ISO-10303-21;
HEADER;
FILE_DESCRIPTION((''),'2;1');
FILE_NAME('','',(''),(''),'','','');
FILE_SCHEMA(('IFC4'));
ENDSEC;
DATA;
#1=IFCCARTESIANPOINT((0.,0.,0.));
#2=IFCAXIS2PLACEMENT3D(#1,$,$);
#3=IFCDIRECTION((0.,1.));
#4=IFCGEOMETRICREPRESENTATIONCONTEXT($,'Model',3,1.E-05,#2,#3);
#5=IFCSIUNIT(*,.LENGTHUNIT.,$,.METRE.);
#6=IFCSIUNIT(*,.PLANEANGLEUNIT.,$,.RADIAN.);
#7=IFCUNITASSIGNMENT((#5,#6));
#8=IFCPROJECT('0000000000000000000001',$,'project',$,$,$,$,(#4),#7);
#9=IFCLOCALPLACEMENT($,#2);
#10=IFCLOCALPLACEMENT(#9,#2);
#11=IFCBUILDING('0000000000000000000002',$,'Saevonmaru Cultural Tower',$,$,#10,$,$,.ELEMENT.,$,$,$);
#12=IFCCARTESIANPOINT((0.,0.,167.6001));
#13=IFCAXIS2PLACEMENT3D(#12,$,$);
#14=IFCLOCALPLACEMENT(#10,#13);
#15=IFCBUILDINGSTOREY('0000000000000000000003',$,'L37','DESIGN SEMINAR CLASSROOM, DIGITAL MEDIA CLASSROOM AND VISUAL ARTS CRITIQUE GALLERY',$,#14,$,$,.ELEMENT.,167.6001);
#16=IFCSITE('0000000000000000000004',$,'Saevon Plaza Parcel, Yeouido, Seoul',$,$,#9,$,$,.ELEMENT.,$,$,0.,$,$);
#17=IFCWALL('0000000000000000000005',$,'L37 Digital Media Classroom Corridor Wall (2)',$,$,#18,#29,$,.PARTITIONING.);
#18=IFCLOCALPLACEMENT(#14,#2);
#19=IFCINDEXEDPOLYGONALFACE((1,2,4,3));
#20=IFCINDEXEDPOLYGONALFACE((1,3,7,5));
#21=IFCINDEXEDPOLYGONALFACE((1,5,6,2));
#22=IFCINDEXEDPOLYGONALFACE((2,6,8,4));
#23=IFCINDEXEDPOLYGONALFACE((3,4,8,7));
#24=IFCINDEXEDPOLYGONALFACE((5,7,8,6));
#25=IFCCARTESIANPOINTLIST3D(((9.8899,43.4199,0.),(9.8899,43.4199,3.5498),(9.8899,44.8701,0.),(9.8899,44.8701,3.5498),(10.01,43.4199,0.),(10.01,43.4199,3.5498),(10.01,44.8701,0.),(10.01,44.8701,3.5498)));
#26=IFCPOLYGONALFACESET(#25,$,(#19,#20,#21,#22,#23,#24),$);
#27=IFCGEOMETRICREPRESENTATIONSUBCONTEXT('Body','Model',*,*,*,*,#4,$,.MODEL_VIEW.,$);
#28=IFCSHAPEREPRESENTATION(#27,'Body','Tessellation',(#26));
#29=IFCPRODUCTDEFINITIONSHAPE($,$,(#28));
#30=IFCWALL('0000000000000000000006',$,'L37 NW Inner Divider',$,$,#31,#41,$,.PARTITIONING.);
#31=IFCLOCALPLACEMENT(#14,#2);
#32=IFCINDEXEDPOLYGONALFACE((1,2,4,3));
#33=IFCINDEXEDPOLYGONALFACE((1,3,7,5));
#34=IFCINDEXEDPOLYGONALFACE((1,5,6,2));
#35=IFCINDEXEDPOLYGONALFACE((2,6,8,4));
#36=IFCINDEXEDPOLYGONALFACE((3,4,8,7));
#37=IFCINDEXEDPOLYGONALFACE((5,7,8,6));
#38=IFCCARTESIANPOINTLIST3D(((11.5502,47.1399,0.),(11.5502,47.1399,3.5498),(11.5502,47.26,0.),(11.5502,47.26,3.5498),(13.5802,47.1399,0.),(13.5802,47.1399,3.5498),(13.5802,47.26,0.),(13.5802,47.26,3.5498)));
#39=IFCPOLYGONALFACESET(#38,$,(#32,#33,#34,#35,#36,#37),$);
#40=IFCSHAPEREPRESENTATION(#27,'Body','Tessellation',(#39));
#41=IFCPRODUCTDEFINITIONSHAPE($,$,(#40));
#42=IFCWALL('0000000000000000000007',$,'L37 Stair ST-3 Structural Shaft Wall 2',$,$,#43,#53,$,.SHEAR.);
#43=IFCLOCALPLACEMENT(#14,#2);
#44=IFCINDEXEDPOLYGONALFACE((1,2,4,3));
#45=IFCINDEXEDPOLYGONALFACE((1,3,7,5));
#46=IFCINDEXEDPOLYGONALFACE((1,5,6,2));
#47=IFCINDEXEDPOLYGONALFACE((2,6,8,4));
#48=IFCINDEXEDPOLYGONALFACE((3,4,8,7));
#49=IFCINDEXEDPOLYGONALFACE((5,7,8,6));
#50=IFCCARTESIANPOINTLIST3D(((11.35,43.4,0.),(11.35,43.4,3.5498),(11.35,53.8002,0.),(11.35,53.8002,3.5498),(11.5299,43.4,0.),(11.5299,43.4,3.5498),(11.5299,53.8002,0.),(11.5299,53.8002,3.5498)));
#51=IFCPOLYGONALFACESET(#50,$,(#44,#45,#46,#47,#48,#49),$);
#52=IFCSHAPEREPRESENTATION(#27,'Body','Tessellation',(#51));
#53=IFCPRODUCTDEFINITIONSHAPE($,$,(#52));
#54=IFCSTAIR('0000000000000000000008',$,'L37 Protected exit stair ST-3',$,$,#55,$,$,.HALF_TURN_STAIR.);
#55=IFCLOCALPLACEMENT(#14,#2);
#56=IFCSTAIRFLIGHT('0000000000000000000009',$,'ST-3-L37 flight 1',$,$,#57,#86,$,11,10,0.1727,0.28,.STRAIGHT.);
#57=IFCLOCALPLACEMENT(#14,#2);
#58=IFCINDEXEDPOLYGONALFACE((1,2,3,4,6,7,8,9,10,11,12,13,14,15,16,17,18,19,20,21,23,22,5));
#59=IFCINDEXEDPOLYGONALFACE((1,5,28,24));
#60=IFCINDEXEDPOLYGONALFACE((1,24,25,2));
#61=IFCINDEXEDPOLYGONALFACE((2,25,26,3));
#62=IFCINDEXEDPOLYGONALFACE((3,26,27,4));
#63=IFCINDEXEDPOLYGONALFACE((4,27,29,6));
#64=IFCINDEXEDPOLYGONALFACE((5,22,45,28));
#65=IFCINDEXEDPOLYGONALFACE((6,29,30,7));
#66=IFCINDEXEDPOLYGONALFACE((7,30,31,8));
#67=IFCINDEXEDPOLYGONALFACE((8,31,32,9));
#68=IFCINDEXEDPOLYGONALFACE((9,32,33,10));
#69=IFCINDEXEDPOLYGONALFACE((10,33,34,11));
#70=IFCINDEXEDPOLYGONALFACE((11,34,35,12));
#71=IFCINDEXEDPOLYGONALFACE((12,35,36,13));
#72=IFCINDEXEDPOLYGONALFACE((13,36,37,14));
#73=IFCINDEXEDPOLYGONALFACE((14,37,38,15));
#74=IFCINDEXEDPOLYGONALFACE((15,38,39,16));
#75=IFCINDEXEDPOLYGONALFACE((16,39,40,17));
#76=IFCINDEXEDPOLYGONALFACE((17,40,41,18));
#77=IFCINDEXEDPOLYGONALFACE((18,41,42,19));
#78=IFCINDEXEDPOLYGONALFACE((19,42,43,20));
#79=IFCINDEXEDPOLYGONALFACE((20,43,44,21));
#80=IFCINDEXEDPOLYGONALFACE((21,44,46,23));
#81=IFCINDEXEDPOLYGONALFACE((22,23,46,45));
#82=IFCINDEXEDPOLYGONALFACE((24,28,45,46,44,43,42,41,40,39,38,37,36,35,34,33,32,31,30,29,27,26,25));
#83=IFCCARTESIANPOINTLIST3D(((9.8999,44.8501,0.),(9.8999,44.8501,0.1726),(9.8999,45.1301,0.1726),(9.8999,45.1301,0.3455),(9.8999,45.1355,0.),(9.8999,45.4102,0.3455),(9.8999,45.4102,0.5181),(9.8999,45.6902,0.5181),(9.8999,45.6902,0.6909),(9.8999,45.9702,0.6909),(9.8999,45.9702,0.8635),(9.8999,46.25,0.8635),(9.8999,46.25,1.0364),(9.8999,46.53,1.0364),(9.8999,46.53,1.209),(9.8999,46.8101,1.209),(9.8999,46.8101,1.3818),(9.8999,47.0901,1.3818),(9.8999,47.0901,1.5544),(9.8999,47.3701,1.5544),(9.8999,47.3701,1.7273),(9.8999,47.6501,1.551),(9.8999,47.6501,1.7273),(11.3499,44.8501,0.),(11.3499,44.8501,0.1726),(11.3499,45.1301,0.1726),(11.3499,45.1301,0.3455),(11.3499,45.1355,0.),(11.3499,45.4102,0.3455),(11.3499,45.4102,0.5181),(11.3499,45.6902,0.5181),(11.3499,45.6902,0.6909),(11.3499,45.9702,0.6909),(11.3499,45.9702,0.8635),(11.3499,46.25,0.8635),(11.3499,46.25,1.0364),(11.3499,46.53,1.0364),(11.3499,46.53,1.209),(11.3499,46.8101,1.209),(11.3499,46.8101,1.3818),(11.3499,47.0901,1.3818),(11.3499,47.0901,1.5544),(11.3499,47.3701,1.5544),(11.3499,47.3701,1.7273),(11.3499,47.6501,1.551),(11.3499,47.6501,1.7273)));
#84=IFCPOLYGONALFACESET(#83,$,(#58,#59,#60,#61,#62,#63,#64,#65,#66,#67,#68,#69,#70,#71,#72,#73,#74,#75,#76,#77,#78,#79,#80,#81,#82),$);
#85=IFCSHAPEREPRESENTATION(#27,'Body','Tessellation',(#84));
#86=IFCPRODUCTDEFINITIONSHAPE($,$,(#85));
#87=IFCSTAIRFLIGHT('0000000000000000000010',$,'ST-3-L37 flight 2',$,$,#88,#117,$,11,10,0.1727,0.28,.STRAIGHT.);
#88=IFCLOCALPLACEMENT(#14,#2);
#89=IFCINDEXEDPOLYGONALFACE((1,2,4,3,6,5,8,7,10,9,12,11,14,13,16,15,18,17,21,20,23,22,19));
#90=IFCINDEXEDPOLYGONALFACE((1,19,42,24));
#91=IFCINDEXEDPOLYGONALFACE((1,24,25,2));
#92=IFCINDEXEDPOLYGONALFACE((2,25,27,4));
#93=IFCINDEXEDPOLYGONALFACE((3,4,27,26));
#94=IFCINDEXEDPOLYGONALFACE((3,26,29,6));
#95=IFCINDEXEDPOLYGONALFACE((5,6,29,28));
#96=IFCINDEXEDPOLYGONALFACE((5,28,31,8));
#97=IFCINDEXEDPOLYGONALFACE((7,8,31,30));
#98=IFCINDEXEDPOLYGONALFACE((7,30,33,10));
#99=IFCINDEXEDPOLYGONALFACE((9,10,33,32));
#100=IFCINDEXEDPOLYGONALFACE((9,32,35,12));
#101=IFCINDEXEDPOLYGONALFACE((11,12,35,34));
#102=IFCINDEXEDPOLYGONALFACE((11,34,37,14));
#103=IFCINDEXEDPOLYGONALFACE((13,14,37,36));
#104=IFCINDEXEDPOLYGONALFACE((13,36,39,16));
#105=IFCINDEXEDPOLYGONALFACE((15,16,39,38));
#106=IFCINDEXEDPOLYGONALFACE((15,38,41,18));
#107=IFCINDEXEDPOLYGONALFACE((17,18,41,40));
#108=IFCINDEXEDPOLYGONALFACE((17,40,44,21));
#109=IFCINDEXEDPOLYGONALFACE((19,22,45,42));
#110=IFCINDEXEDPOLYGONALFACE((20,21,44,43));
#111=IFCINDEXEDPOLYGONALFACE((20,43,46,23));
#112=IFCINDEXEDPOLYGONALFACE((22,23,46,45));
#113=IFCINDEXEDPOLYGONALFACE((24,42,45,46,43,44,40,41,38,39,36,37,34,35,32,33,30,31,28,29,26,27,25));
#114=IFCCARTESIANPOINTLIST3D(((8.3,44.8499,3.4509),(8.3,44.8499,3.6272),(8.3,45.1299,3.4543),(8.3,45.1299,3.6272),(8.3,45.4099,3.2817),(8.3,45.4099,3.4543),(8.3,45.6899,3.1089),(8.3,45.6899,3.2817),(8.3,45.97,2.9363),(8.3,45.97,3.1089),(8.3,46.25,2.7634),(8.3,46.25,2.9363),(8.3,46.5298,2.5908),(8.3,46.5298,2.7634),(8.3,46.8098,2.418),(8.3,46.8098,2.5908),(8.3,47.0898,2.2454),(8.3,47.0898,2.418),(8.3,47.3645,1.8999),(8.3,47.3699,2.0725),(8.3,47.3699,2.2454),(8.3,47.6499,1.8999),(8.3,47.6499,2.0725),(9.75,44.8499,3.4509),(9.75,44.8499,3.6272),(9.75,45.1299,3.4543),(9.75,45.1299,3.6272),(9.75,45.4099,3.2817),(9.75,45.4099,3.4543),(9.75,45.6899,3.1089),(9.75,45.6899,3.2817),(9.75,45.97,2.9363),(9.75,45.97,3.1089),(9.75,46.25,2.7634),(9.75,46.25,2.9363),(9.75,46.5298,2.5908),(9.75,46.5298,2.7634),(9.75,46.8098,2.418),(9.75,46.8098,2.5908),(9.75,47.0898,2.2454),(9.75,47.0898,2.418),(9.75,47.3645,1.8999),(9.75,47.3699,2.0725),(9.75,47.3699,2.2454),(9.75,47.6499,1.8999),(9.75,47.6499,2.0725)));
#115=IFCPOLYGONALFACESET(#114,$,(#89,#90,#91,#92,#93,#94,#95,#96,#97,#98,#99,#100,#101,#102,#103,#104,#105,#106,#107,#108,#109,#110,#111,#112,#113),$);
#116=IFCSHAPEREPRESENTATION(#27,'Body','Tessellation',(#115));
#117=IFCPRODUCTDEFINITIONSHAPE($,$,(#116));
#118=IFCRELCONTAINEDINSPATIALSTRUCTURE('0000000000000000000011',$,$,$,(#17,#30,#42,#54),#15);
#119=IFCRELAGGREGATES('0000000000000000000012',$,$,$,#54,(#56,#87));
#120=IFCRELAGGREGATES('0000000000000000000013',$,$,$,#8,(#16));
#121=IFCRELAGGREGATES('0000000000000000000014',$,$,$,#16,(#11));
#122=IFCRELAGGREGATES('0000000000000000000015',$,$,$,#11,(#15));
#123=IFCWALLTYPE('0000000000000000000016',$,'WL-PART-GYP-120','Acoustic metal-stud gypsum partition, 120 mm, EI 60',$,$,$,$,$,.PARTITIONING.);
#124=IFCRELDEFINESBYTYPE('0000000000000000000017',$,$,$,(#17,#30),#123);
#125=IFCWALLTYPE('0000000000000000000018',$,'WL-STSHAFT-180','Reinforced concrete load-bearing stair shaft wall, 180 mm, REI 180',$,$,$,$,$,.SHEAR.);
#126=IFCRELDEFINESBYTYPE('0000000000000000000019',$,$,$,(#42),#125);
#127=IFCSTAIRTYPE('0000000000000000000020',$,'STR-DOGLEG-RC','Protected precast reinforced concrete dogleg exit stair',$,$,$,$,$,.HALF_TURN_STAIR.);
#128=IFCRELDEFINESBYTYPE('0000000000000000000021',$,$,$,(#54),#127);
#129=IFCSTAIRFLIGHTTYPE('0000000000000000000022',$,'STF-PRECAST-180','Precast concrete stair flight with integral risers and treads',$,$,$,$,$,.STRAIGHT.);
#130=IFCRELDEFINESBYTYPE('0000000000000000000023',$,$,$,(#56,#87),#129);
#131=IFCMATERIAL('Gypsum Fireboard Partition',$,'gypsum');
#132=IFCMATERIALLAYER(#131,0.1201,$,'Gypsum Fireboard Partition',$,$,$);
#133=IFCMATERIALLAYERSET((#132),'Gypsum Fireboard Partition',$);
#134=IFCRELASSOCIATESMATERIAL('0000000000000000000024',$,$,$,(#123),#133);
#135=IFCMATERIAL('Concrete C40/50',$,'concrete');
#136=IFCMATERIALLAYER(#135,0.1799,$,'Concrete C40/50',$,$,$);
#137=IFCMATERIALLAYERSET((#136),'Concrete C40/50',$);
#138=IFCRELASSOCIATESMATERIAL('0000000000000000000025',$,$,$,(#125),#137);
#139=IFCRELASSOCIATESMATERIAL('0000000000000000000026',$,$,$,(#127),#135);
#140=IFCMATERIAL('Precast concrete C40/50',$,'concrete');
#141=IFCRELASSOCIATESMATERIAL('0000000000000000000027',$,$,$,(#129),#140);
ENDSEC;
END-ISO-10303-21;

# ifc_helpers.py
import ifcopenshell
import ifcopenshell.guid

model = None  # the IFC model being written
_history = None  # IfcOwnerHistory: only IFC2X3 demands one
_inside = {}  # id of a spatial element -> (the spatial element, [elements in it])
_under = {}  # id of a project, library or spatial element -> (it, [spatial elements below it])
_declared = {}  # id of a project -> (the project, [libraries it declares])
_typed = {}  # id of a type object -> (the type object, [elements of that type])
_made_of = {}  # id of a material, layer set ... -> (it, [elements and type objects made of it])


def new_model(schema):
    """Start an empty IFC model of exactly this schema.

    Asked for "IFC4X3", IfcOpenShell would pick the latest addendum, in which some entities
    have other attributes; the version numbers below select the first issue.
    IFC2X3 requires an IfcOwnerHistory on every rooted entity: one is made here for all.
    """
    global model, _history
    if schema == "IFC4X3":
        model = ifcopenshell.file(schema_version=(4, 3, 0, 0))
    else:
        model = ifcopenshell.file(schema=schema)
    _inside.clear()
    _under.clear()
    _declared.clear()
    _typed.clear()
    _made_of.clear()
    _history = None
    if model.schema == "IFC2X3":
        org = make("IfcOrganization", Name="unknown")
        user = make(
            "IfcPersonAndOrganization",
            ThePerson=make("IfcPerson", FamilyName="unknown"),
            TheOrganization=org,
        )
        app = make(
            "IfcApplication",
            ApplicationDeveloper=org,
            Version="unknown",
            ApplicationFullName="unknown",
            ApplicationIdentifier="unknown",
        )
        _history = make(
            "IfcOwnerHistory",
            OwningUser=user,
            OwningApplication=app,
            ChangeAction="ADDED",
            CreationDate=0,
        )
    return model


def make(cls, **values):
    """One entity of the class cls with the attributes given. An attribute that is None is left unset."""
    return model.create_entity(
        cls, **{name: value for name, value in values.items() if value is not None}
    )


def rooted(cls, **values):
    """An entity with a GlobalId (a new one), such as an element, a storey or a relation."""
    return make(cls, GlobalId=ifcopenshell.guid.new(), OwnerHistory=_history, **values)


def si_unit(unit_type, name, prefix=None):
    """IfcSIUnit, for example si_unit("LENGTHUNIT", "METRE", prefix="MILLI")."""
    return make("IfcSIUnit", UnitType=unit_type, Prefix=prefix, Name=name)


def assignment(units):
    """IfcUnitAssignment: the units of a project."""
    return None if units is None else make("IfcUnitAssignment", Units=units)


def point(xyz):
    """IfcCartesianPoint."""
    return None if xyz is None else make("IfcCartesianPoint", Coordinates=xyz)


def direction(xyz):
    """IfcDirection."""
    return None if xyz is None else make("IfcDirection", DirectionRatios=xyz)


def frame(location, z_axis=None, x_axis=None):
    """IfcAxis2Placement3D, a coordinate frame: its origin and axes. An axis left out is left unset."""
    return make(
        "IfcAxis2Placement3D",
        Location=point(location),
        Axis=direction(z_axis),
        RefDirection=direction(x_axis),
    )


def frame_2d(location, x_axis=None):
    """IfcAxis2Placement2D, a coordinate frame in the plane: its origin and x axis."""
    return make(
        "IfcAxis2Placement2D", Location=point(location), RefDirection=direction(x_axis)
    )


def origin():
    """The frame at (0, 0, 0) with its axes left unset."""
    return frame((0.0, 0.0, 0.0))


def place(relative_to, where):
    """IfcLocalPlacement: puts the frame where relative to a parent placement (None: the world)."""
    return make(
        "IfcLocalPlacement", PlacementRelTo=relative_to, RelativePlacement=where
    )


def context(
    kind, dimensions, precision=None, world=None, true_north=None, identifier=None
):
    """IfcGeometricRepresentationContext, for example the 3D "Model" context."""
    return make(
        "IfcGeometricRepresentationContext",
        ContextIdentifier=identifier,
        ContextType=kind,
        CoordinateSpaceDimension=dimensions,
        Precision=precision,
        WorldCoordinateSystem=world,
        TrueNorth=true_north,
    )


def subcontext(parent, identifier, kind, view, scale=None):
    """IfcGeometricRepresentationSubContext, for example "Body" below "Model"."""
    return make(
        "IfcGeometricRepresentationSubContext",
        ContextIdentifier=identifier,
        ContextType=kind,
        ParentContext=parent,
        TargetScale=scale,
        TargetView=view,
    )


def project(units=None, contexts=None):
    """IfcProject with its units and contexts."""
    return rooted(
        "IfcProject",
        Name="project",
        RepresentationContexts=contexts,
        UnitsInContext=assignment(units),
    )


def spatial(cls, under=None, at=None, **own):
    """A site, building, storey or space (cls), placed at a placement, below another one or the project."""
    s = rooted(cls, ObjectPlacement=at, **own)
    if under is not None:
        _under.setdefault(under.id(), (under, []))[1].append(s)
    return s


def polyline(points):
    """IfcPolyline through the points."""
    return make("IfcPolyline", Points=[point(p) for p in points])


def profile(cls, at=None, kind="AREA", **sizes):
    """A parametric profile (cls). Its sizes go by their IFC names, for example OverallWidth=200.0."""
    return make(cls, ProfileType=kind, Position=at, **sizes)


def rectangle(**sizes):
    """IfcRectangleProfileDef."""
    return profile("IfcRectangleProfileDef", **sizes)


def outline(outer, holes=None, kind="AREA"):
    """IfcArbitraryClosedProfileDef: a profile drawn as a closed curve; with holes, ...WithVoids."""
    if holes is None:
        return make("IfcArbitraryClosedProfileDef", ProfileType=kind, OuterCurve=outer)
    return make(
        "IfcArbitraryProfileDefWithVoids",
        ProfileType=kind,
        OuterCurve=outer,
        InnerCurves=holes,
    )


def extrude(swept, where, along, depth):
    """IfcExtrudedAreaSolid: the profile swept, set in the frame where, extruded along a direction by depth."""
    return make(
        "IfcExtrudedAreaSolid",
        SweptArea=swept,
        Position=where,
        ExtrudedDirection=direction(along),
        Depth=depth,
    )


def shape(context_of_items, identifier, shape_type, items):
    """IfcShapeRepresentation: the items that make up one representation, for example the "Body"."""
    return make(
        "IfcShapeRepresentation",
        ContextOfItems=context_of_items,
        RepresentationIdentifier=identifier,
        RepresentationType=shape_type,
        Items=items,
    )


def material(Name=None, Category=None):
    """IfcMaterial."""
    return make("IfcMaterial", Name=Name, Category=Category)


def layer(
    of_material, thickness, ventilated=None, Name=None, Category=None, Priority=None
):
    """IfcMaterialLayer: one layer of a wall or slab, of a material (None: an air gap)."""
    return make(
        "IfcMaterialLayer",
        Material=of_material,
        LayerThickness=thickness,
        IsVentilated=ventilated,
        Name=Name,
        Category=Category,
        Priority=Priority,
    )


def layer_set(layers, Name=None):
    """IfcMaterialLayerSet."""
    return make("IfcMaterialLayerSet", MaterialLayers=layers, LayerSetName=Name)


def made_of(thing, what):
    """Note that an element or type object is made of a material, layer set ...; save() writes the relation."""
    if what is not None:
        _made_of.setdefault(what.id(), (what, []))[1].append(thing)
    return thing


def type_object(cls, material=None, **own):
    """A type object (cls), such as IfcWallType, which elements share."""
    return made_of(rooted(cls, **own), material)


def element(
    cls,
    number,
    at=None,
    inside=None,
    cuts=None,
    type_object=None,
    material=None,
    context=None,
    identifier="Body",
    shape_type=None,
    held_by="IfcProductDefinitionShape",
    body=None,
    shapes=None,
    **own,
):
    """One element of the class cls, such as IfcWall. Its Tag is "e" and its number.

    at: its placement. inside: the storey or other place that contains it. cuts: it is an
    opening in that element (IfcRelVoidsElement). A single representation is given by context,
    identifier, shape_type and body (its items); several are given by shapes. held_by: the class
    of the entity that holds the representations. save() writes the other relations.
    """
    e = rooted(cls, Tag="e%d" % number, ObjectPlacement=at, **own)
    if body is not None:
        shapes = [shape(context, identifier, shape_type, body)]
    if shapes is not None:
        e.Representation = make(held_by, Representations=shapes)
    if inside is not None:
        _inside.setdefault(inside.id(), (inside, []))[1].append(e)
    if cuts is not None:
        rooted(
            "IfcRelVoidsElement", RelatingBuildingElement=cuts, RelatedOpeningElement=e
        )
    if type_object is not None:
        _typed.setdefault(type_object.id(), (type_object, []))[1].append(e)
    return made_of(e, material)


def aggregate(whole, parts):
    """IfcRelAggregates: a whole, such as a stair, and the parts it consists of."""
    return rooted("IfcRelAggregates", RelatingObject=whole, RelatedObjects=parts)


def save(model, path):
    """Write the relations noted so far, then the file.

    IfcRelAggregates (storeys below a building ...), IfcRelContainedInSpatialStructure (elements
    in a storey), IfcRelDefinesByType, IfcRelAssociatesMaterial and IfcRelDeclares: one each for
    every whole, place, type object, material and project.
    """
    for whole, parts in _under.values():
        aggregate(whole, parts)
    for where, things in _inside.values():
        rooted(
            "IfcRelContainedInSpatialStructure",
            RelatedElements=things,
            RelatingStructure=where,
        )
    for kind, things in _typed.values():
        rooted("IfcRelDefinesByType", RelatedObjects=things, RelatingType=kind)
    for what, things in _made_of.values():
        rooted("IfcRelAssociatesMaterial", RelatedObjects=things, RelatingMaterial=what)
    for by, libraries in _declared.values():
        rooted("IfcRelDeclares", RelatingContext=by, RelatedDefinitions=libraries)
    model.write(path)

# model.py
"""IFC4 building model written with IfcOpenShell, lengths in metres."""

from ifc_helpers import new_model, si_unit, direction, frame, frame_2d, origin, place, context, subcontext, project, spatial, polyline, rectangle, outline, extrude, material, layer, layer_set, type_object, element, aggregate, save


model = new_model("IFC4")

# Units and contexts
model_context = context("Model", 3, precision=1e-05, world=origin(), true_north=direction((0.0, 1.0)))
body_context = subcontext(model_context, "Body", "Model", "MODEL_VIEW")
ifc_project = project(units=[si_unit("LENGTHUNIT", "METRE"), si_unit("PLANEANGLEUNIT", "RADIAN")], contexts=[model_context])

# Site, building, storey
site_placement = place(None, origin())
site = spatial("IfcSite", under=ifc_project, at=site_placement, Name="Saevon Plaza Parcel, Yeouido, Seoul", CompositionType="ELEMENT", RefElevation=0.0)
building_placement = place(site_placement, origin())
building = spatial("IfcBuilding", under=site, at=building_placement, Name="Saevonmaru Cultural Tower", CompositionType="ELEMENT")
storey_placement = place(building_placement, frame((0.0, 0.0, 167.6001)))
storey = spatial("IfcBuildingStorey", under=building, at=storey_placement, Name="L37", Description="DESIGN SEMINAR CLASSROOM, DIGITAL MEDIA CLASSROOM AND VISUAL ARTS CRITIQUE GALLERY", CompositionType="ELEMENT", Elevation=167.6001)

# Walls
ifc_material_1 = material(Name="Gypsum Fireboard Partition", Category="gypsum")
ifc_layer_1 = layer(ifc_material_1, 0.1201, Name="Gypsum Fireboard Partition")
ifc_layer_set_1 = layer_set([ifc_layer_1], Name="Gypsum Fireboard Partition")
wall_type_1 = type_object("IfcWallType", Name="WL-PART-GYP-120", Description="Acoustic metal-stud gypsum partition, 120 mm, EI 60", PredefinedType="PARTITIONING", material=ifc_layer_set_1)
wall_1_placement = place(storey_placement, frame((9.95, 43.4199, 0.0), z_axis=(0.0, 0.0, 1.0), x_axis=(0.0, 1.0, 0.0)))
element("IfcWall", 1, at=wall_1_placement, inside=storey, type_object=wall_type_1, Name="L37 Digital Media Classroom Corridor Wall (2)", PredefinedType="PARTITIONING", context=body_context, shape_type="SweptSolid", body=[
    extrude(rectangle(XDim=1.4502, YDim=0.1201, at=frame_2d((0.7251, 0.0))), origin(), (0.0, 0.0, 1.0), 3.5498),
])
wall_2_placement = place(storey_placement, frame((11.55, 47.2, 0.0), z_axis=(0.0, 0.0, 1.0), x_axis=(1.0, 0.0, 0.0)))
element("IfcWall", 2, at=wall_2_placement, inside=storey, type_object=wall_type_1, Name="L37 NW Inner Divider", PredefinedType="PARTITIONING", context=body_context, shape_type="SweptSolid", body=[
    extrude(rectangle(XDim=2.03, YDim=0.1201, at=frame_2d((1.0151, 0.0))), origin(), (0.0, 0.0, 1.0), 3.5498),
])

# Shared definitions
ifc_material_2 = material(Name="Concrete C40/50", Category="concrete")
ifc_layer_2 = layer(ifc_material_2, 0.1799, Name="Concrete C40/50")
ifc_layer_set_2 = layer_set([ifc_layer_2], Name="Concrete C40/50")
wall_type_2 = type_object("IfcWallType", Name="WL-STSHAFT-180", Description="Reinforced concrete load-bearing stair shaft wall, 180 mm, REI 180", PredefinedType="SHEAR", material=ifc_layer_set_2)

# Wall
wall_3_placement = place(storey_placement, frame((11.4399, 43.3999, 0.0), z_axis=(0.0, 0.0, 1.0), x_axis=(0.0, 1.0, 0.0)))
element("IfcWall", 3, at=wall_3_placement, inside=storey, type_object=wall_type_2, Name="L37 Stair ST-3 Structural Shaft Wall 2", PredefinedType="SHEAR", context=body_context, shape_type="SweptSolid", body=[
    extrude(rectangle(XDim=10.4001, YDim=0.1799, at=frame_2d((5.2002, 0.0))), origin(), (0.0, 0.0, 1.0), 3.5498),
])

# Stair, stair flights
stair_type = type_object("IfcStairType", Name="STR-DOGLEG-RC", Description="Protected precast reinforced concrete dogleg exit stair", PredefinedType="HALF_TURN_STAIR", material=ifc_material_2)
stair_placement = place(storey_placement, origin())
stair = element("IfcStair", 4, at=stair_placement, inside=storey, type_object=stair_type, Name="L37 Protected exit stair ST-3", PredefinedType="HALF_TURN_STAIR")
ifc_material_3 = material(Name="Precast concrete C40/50", Category="concrete")
stair_flight_type = type_object("IfcStairFlightType", Name="STF-PRECAST-180", Description="Precast concrete stair flight with integral risers and treads", PredefinedType="STRAIGHT", material=ifc_material_3)
stair_flight_1_placement = place(storey_placement, frame((10.625, 44.8501, 0.0), z_axis=(0.0, 0.0, 1.0), x_axis=(0.0, 1.0, 0.0)))
stair_flight_1 = element("IfcStairFlight", 5, at=stair_flight_1_placement, type_object=stair_flight_type, Name="ST-3-L37 flight 1", NumberOfRisers=11, NumberOfTreads=10, PredefinedType="STRAIGHT", RiserHeight=0.1727, TreadLength=0.28, context=body_context, shape_type="SweptSolid", body=[
    extrude(outline(polyline([(0.0, 0.0), (0.0, 0.1726), (0.28, 0.1726), (0.28, 0.3455), (0.5601, 0.3455), (0.5601, 0.5181), (0.8401, 0.5181), (0.8401, 0.6909), (1.1201, 0.6909), (1.1201, 0.8635), (1.3999, 0.8635), (1.3999, 1.0364), (1.6799, 1.0364), (1.6799, 1.209), (1.96, 1.209), (1.96, 1.3818), (2.24, 1.3818), (2.24, 1.5544), (2.52, 1.5544), (2.52, 1.7273), (2.8, 1.7273), (2.8, 1.8999), (2.8, 1.551), (0.2854, 0.0), (0.0, 0.0)])), frame((0.0, 0.7251, 0.0), z_axis=(0.0, -1.0, 0.0), x_axis=(1.0, 0.0, 0.0)), (0.0, 0.0, 1.0), 1.45),
])
stair_flight_2_placement = place(storey_placement, frame((9.0249, 47.6499, 1.8999), z_axis=(0.0, 0.0, 1.0), x_axis=(0.0, -1.0, 0.0)))
stair_flight_2 = element("IfcStairFlight", 6, at=stair_flight_2_placement, type_object=stair_flight_type, Name="ST-3-L37 flight 2", NumberOfRisers=11, NumberOfTreads=10, PredefinedType="STRAIGHT", RiserHeight=0.1727, TreadLength=0.28, context=body_context, shape_type="SweptSolid", body=[
    extrude(outline(polyline([(0.0, 0.0), (0.0, 0.1726), (0.28, 0.1726), (0.28, 0.3455), (0.5601, 0.3455), (0.5601, 0.5181), (0.8401, 0.5181), (0.8401, 0.6909), (1.1201, 0.6909), (1.1201, 0.8635), (1.3999, 0.8635), (1.3999, 1.0364), (1.6799, 1.0364), (1.6799, 1.209), (1.96, 1.209), (1.96, 1.3818), (2.24, 1.3818), (2.24, 1.5544), (2.52, 1.5544), (2.52, 1.7273), (2.8, 1.7273), (2.8, 1.8999), (2.8, 1.551), (0.2854, 0.0), (0.0, 0.0)])), frame((0.0, 0.7251, 0.0), z_axis=(0.0, -1.0, 0.0), x_axis=(1.0, 0.0, 0.0)), (0.0, 0.0, 1.0), 1.45),
])
aggregate(stair, [stair_flight_1, stair_flight_2])

save(model, "model.ifc")
